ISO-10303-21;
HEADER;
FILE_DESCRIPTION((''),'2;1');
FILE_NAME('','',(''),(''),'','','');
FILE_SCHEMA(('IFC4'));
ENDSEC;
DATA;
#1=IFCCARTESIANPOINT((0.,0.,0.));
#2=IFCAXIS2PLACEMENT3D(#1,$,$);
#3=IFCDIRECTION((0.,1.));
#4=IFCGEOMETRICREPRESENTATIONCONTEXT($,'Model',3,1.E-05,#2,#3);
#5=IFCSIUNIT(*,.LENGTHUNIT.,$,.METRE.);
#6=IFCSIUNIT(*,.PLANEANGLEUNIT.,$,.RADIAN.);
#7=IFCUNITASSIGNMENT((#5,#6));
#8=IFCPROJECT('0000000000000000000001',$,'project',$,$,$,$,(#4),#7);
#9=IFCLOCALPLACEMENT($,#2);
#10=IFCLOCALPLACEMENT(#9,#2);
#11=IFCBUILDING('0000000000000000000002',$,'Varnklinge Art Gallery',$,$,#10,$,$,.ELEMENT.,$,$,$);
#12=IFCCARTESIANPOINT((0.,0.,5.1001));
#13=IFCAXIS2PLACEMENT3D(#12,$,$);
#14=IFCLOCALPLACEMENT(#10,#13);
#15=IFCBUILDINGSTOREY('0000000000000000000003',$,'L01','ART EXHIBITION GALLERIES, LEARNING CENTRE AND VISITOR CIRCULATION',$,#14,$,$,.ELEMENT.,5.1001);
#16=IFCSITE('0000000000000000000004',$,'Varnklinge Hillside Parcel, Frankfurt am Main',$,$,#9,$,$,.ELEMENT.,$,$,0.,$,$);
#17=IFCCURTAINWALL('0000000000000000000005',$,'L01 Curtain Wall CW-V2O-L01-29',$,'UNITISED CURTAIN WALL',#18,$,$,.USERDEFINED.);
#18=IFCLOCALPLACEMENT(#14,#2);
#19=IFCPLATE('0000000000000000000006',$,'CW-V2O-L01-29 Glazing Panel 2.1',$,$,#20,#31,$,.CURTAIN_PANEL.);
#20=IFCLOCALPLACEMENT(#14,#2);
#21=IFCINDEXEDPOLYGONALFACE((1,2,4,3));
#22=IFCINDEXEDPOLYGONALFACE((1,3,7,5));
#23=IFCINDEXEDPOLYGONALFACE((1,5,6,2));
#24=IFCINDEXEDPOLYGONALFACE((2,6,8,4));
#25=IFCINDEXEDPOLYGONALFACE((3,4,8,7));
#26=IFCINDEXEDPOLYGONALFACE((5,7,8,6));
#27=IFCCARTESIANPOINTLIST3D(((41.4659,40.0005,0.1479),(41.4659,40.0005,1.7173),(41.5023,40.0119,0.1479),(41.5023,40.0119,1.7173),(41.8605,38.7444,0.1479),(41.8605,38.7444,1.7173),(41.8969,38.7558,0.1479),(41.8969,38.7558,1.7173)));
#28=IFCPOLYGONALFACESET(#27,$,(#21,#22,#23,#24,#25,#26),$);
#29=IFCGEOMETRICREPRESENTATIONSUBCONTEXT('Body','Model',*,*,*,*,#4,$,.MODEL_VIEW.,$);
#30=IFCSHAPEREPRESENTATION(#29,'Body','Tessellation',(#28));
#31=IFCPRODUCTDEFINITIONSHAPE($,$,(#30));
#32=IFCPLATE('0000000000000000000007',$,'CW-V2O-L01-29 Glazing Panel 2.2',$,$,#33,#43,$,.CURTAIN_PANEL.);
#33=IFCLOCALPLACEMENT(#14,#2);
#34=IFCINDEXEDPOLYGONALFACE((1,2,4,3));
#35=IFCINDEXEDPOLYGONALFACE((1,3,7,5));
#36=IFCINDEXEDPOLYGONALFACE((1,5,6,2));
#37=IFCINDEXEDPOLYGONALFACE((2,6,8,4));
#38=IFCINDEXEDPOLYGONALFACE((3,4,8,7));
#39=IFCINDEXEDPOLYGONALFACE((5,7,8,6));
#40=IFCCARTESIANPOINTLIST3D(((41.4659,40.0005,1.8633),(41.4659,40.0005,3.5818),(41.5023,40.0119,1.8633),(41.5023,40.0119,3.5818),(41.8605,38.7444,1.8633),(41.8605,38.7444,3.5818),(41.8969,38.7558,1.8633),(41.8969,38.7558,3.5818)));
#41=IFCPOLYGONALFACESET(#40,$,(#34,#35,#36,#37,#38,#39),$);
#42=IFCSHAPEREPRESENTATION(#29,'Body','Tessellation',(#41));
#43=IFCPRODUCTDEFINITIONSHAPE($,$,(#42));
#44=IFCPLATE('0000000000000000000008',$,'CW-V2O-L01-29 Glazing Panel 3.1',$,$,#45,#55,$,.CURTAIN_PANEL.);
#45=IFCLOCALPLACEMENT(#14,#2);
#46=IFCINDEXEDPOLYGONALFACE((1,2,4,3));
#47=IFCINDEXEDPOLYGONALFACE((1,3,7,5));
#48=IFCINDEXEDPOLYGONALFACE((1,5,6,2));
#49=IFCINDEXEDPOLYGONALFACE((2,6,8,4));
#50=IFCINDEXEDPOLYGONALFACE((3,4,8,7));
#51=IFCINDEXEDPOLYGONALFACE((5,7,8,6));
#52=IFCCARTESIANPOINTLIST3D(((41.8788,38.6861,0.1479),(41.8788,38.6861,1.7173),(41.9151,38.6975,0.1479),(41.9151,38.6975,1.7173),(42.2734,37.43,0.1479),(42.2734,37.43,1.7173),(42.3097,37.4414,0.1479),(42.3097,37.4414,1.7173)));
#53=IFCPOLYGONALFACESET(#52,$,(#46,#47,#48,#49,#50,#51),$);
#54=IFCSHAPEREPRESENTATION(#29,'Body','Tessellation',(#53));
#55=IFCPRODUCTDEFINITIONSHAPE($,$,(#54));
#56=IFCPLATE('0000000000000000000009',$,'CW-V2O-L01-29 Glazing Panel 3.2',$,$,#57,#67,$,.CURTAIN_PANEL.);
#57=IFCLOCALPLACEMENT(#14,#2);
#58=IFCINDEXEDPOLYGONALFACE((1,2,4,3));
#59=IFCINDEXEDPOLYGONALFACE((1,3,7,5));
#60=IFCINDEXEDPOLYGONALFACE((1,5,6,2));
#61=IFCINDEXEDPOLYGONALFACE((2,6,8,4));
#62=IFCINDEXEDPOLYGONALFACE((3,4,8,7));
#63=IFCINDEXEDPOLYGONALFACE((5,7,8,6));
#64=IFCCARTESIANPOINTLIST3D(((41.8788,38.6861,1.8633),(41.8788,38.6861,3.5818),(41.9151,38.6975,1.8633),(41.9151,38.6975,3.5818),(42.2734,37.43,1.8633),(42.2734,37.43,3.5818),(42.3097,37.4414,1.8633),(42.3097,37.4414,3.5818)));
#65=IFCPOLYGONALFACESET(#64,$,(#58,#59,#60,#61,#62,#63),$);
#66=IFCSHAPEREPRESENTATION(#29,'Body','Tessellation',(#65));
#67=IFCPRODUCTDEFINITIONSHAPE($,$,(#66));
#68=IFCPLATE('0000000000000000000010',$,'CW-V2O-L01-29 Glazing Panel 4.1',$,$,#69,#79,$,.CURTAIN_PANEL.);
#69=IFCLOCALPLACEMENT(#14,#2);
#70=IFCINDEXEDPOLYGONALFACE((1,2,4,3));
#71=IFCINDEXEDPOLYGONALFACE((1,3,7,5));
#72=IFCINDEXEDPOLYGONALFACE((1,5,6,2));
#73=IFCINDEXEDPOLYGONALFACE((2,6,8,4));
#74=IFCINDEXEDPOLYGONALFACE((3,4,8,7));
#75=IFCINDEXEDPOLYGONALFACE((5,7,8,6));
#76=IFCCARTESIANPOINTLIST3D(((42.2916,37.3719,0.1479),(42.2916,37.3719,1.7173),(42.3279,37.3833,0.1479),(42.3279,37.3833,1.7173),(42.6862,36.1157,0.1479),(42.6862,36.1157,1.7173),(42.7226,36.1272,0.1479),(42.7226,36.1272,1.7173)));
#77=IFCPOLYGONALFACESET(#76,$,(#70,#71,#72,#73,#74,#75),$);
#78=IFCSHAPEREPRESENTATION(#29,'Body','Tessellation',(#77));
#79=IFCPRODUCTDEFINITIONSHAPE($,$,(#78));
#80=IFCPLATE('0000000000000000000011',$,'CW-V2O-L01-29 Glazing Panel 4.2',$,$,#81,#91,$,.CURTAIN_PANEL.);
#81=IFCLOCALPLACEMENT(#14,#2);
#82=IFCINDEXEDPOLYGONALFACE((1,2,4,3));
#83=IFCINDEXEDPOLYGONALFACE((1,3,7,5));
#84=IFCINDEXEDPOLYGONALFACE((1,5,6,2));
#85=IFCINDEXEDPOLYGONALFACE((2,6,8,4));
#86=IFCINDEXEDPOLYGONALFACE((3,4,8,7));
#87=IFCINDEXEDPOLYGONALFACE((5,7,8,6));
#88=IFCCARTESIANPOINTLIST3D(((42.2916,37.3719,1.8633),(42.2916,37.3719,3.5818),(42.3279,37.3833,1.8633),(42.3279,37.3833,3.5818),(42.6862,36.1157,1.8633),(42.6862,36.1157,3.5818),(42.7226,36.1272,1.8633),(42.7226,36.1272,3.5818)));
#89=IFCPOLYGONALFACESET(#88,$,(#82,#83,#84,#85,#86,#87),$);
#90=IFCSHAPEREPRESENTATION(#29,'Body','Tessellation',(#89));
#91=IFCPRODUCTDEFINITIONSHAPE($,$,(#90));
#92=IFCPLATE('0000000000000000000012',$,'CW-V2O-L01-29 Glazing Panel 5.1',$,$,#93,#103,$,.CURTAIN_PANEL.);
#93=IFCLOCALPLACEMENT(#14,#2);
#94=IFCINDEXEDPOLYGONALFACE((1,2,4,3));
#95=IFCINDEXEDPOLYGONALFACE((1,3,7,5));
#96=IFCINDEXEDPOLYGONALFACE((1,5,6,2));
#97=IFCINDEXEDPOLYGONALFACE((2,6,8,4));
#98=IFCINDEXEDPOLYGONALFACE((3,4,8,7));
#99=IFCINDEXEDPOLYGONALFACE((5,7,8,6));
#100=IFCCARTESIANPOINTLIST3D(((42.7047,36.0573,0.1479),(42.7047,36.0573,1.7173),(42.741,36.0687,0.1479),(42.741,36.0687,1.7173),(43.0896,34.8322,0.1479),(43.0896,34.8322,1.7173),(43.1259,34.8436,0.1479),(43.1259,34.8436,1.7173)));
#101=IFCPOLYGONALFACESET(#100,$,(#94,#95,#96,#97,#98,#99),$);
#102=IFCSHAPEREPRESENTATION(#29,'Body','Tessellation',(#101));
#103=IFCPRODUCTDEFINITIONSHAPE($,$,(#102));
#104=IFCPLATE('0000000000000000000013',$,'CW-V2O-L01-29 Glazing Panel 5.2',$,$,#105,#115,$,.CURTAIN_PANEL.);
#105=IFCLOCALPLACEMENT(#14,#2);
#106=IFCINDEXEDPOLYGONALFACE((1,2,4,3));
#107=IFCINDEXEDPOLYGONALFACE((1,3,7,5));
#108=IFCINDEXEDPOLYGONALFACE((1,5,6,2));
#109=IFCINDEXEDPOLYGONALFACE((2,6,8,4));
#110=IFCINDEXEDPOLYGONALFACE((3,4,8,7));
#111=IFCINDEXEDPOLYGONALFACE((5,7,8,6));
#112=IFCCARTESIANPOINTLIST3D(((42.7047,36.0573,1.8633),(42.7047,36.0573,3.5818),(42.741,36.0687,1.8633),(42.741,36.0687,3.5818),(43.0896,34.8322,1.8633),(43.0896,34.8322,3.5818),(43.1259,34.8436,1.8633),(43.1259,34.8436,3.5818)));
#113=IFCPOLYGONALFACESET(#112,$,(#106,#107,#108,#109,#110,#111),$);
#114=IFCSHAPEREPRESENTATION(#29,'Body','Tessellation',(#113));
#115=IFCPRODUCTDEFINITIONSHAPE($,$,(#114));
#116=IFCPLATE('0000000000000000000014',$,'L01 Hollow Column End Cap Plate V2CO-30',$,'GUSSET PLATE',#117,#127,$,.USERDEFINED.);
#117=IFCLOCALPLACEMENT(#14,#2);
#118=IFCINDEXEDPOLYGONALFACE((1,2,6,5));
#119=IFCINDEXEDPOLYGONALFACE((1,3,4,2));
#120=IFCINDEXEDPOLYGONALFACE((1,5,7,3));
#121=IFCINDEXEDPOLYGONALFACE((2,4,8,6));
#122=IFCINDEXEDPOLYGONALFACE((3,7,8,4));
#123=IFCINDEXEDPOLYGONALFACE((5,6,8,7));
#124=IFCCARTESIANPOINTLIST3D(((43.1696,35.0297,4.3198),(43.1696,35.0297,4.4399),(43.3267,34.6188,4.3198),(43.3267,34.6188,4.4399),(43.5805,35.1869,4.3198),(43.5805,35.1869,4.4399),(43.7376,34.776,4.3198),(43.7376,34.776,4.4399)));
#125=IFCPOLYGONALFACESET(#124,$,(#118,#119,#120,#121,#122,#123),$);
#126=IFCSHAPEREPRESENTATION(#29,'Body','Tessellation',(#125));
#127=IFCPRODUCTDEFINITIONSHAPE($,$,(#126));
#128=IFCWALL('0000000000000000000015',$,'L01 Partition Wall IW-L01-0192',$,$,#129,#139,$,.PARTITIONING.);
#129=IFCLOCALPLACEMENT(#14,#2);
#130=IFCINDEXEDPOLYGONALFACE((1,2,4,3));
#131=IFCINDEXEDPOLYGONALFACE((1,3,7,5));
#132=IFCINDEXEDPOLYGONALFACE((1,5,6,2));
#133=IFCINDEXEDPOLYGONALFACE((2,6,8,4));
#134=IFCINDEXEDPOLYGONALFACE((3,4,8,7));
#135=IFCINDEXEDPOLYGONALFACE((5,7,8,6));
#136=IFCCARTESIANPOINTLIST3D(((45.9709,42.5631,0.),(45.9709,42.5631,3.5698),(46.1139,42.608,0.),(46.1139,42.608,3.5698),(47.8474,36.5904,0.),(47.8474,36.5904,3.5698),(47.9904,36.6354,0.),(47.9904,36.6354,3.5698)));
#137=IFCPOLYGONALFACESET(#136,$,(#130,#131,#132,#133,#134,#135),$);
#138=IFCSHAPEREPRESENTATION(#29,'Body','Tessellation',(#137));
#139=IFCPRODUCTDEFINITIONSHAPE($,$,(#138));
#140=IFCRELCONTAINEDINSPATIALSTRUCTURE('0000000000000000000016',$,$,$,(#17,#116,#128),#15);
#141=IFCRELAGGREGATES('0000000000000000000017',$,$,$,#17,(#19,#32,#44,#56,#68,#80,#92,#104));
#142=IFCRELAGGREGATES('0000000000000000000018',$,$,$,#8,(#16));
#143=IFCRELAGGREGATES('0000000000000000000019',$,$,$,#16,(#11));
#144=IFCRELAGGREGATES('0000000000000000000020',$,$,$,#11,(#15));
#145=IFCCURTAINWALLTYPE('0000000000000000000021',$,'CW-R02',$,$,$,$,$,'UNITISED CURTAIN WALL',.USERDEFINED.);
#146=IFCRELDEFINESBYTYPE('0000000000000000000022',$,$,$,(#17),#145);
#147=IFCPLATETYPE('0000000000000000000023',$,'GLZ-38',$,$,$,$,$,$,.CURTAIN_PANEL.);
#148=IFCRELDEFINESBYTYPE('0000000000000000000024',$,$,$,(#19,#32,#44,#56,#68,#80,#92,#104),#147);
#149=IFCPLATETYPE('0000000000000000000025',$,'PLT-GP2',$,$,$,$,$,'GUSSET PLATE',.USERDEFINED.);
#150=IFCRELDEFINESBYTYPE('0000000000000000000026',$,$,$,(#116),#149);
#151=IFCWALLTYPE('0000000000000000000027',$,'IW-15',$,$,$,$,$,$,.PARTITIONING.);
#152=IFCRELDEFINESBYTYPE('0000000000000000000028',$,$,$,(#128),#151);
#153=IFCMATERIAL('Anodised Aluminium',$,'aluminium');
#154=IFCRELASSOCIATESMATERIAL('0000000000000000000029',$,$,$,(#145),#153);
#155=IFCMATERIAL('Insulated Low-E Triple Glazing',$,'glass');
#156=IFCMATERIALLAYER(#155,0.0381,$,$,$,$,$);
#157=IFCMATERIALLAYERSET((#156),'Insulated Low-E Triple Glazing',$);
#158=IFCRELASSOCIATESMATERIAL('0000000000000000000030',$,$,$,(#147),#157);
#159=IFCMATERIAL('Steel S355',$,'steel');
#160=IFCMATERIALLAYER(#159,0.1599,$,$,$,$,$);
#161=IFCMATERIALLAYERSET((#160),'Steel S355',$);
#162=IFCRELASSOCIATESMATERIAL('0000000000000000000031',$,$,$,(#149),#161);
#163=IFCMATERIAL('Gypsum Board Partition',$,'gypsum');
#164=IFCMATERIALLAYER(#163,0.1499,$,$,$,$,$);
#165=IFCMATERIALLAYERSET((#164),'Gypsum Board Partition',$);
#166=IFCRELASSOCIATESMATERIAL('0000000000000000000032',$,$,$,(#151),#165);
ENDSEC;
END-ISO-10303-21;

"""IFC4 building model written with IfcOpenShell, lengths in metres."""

from ifc_helpers import new_model, si_unit, direction, frame, frame_2d, origin, origin_2d, place, context, subcontext, project, spatial, rectangle, extrude, material, layer, layer_set, type_object, element, aggregate, save


model = new_model("IFC4")

# Units and contexts
model_context = context("Model", 3, precision=1e-05, world=origin(), true_north=direction((0.0, 1.0)))
body_context = subcontext(model_context, "Body", "Model", "MODEL_VIEW")
ifc_project = project(units=[si_unit("LENGTHUNIT", "METRE"), si_unit("PLANEANGLEUNIT", "RADIAN")], contexts=[model_context])

# Site, building, storey
site_placement = place(None, origin())
site = spatial("IfcSite", under=ifc_project, at=site_placement, Name="Varnklinge Hillside Parcel, Frankfurt am Main", CompositionType="ELEMENT", RefElevation=0.0)
building_placement = place(site_placement, origin())
building = spatial("IfcBuilding", under=site, at=building_placement, Name="Varnklinge Art Gallery", CompositionType="ELEMENT")
storey_placement = place(building_placement, frame((0.0, 0.0, 5.1001)))
storey = spatial("IfcBuildingStorey", under=building, at=storey_placement, Name="L01", Description="ART EXHIBITION GALLERIES, LEARNING CENTRE AND VISITOR CIRCULATION", CompositionType="ELEMENT", Elevation=5.1001)

# Curtain wall
ifc_material_1 = material(Name="Anodised Aluminium", Category="aluminium")
curtain_wall_type = type_object("IfcCurtainWallType", Name="CW-R02", ElementType="UNITISED CURTAIN WALL", PredefinedType="USERDEFINED", material=ifc_material_1)
curtain_wall_placement = place(storey_placement, origin())
curtain_wall = element("IfcCurtainWall", 1, at=curtain_wall_placement, inside=storey, type_object=curtain_wall_type, Name="L01 Curtain Wall CW-V2O-L01-29", ObjectType="UNITISED CURTAIN WALL", PredefinedType="USERDEFINED")

# Plates
ifc_material_2 = material(Name="Insulated Low-E Triple Glazing", Category="glass")
ifc_layer_1 = layer(ifc_material_2, 0.0381)
ifc_layer_set_1 = layer_set([ifc_layer_1], Name="Insulated Low-E Triple Glazing")
plate_type_1 = type_object("IfcPlateType", Name="GLZ-38", PredefinedType="CURTAIN_PANEL", material=ifc_layer_set_1)
plate_1_placement = place(storey_placement, frame((41.6814, 39.3782, 0.1479), z_axis=(0.0, 0.0, 1.0), x_axis=(0.299707, -0.954031, 0.0)))
plate_1 = element("IfcPlate", 2, at=plate_1_placement, type_object=plate_type_1, Name="CW-V2O-L01-29 Glazing Panel 2.1", PredefinedType="CURTAIN_PANEL", context=body_context, shape_type="SweptSolid", body=[
    extrude(rectangle(XDim=1.3167, YDim=0.0381, at=origin_2d()), origin(), (0.0, 0.0, 1.0), 1.5693),
])
plate_2_placement = place(storey_placement, frame((41.6814, 39.3782, 1.8633), z_axis=(0.0, 0.0, 1.0), x_axis=(0.299707, -0.954031, 0.0)))
plate_2 = element("IfcPlate", 3, at=plate_2_placement, type_object=plate_type_1, Name="CW-V2O-L01-29 Glazing Panel 2.2", PredefinedType="CURTAIN_PANEL", context=body_context, shape_type="SweptSolid", body=[
    extrude(rectangle(XDim=1.3167, YDim=0.0381, at=origin_2d()), origin(), (0.0, 0.0, 1.0), 1.7185),
])
plate_3_placement = place(storey_placement, frame((42.0942, 38.0637, 0.1479), z_axis=(0.0, 0.0, 1.0), x_axis=(0.299707, -0.954031, 0.0)))
plate_3 = element("IfcPlate", 4, at=plate_3_placement, type_object=plate_type_1, Name="CW-V2O-L01-29 Glazing Panel 3.1", PredefinedType="CURTAIN_PANEL", context=body_context, shape_type="SweptSolid", body=[
    extrude(rectangle(XDim=1.3167, YDim=0.0381, at=origin_2d()), origin(), (0.0, 0.0, 1.0), 1.5693),
])
plate_4_placement = place(storey_placement, frame((42.0942, 38.0637, 1.8633), z_axis=(0.0, 0.0, 1.0), x_axis=(0.299707, -0.954031, 0.0)))
plate_4 = element("IfcPlate", 5, at=plate_4_placement, type_object=plate_type_1, Name="CW-V2O-L01-29 Glazing Panel 3.2", PredefinedType="CURTAIN_PANEL", context=body_context, shape_type="SweptSolid", body=[
    extrude(rectangle(XDim=1.3167, YDim=0.0381, at=origin_2d()), origin(), (0.0, 0.0, 1.0), 1.7185),
])
plate_5_placement = place(storey_placement, frame((42.5071, 36.7495, 0.1479), z_axis=(0.0, 0.0, 1.0), x_axis=(0.299707, -0.954031, 0.0)))
plate_5 = element("IfcPlate", 6, at=plate_5_placement, type_object=plate_type_1, Name="CW-V2O-L01-29 Glazing Panel 4.1", PredefinedType="CURTAIN_PANEL", context=body_context, shape_type="SweptSolid", body=[
    extrude(rectangle(XDim=1.3167, YDim=0.0381, at=origin_2d()), origin(), (0.0, 0.0, 1.0), 1.5693),
])
plate_6_placement = place(storey_placement, frame((42.5071, 36.7495, 1.8633), z_axis=(0.0, 0.0, 1.0), x_axis=(0.299707, -0.954031, 0.0)))
plate_6 = element("IfcPlate", 7, at=plate_6_placement, type_object=plate_type_1, Name="CW-V2O-L01-29 Glazing Panel 4.2", PredefinedType="CURTAIN_PANEL", context=body_context, shape_type="SweptSolid", body=[
    extrude(rectangle(XDim=1.3167, YDim=0.0381, at=origin_2d()), origin(), (0.0, 0.0, 1.0), 1.7185),
])
plate_7_placement = place(storey_placement, frame((42.9153, 35.4504, 0.1479), z_axis=(0.0, 0.0, 1.0), x_axis=(0.299707, -0.954031, 0.0)))
plate_7 = element("IfcPlate", 8, at=plate_7_placement, type_object=plate_type_1, Name="CW-V2O-L01-29 Glazing Panel 5.1", PredefinedType="CURTAIN_PANEL", context=body_context, shape_type="SweptSolid", body=[
    extrude(rectangle(XDim=1.2842, YDim=0.0381, at=origin_2d()), origin(), (0.0, 0.0, 1.0), 1.5693),
])
plate_8_placement = place(storey_placement, frame((42.9153, 35.4504, 1.8633), z_axis=(0.0, 0.0, 1.0), x_axis=(0.299707, -0.954031, 0.0)))
plate_8 = element("IfcPlate", 9, at=plate_8_placement, type_object=plate_type_1, Name="CW-V2O-L01-29 Glazing Panel 5.2", PredefinedType="CURTAIN_PANEL", context=body_context, shape_type="SweptSolid", body=[
    extrude(rectangle(XDim=1.2842, YDim=0.0381, at=origin_2d()), origin(), (0.0, 0.0, 1.0), 1.7185),
])
aggregate(curtain_wall, [plate_1, plate_2, plate_3, plate_4, plate_5, plate_6, plate_7, plate_8])
ifc_material_3 = material(Name="Steel S355", Category="steel")
ifc_layer_2 = layer(ifc_material_3, 0.1599)
ifc_layer_set_2 = layer_set([ifc_layer_2], Name="Steel S355")
plate_type_2 = type_object("IfcPlateType", Name="PLT-GP2", ElementType="GUSSET PLATE", PredefinedType="USERDEFINED", material=ifc_layer_set_2)
plate_9_placement = place(storey_placement, frame((43.4536, 34.9028, 4.3198), z_axis=(0.0, 0.0, 1.0), x_axis=(0.934018, 0.357227, 0.0)))
element("IfcPlate", 10, at=plate_9_placement, inside=storey, type_object=plate_type_2, Name="L01 Hollow Column End Cap Plate V2CO-30", ObjectType="GUSSET PLATE", PredefinedType="USERDEFINED", context=body_context, shape_type="SweptSolid", body=[
    extrude(rectangle(XDim=0.4399, YDim=0.4399, at=origin_2d()), origin(), (0.0, 0.0, 1.0), 0.1201),
])

# Wall
ifc_material_4 = material(Name="Gypsum Board Partition", Category="gypsum")
ifc_layer_3 = layer(ifc_material_4, 0.1499)
ifc_layer_set_3 = layer_set([ifc_layer_3], Name="Gypsum Board Partition")
wall_type = type_object("IfcWallType", Name="IW-15", PredefinedType="PARTITIONING", material=ifc_layer_set_3)
wall_placement = place(storey_placement, frame((47.9189, 36.6128, 0.0), z_axis=(0.0, 0.0, 1.0), x_axis=(-0.299731, 0.954024, 0.0)))
element("IfcWall", 11, at=wall_placement, inside=storey, type_object=wall_type, Name="L01 Partition Wall IW-L01-0192", PredefinedType="PARTITIONING", context=body_context, shape_type="SweptSolid", body=[
    extrude(rectangle(XDim=6.2605, YDim=0.1499, at=frame_2d((3.1304, 0.0))), origin(), (0.0, 0.0, 1.0), 3.5698),
])

save(model, "model.ifc")
